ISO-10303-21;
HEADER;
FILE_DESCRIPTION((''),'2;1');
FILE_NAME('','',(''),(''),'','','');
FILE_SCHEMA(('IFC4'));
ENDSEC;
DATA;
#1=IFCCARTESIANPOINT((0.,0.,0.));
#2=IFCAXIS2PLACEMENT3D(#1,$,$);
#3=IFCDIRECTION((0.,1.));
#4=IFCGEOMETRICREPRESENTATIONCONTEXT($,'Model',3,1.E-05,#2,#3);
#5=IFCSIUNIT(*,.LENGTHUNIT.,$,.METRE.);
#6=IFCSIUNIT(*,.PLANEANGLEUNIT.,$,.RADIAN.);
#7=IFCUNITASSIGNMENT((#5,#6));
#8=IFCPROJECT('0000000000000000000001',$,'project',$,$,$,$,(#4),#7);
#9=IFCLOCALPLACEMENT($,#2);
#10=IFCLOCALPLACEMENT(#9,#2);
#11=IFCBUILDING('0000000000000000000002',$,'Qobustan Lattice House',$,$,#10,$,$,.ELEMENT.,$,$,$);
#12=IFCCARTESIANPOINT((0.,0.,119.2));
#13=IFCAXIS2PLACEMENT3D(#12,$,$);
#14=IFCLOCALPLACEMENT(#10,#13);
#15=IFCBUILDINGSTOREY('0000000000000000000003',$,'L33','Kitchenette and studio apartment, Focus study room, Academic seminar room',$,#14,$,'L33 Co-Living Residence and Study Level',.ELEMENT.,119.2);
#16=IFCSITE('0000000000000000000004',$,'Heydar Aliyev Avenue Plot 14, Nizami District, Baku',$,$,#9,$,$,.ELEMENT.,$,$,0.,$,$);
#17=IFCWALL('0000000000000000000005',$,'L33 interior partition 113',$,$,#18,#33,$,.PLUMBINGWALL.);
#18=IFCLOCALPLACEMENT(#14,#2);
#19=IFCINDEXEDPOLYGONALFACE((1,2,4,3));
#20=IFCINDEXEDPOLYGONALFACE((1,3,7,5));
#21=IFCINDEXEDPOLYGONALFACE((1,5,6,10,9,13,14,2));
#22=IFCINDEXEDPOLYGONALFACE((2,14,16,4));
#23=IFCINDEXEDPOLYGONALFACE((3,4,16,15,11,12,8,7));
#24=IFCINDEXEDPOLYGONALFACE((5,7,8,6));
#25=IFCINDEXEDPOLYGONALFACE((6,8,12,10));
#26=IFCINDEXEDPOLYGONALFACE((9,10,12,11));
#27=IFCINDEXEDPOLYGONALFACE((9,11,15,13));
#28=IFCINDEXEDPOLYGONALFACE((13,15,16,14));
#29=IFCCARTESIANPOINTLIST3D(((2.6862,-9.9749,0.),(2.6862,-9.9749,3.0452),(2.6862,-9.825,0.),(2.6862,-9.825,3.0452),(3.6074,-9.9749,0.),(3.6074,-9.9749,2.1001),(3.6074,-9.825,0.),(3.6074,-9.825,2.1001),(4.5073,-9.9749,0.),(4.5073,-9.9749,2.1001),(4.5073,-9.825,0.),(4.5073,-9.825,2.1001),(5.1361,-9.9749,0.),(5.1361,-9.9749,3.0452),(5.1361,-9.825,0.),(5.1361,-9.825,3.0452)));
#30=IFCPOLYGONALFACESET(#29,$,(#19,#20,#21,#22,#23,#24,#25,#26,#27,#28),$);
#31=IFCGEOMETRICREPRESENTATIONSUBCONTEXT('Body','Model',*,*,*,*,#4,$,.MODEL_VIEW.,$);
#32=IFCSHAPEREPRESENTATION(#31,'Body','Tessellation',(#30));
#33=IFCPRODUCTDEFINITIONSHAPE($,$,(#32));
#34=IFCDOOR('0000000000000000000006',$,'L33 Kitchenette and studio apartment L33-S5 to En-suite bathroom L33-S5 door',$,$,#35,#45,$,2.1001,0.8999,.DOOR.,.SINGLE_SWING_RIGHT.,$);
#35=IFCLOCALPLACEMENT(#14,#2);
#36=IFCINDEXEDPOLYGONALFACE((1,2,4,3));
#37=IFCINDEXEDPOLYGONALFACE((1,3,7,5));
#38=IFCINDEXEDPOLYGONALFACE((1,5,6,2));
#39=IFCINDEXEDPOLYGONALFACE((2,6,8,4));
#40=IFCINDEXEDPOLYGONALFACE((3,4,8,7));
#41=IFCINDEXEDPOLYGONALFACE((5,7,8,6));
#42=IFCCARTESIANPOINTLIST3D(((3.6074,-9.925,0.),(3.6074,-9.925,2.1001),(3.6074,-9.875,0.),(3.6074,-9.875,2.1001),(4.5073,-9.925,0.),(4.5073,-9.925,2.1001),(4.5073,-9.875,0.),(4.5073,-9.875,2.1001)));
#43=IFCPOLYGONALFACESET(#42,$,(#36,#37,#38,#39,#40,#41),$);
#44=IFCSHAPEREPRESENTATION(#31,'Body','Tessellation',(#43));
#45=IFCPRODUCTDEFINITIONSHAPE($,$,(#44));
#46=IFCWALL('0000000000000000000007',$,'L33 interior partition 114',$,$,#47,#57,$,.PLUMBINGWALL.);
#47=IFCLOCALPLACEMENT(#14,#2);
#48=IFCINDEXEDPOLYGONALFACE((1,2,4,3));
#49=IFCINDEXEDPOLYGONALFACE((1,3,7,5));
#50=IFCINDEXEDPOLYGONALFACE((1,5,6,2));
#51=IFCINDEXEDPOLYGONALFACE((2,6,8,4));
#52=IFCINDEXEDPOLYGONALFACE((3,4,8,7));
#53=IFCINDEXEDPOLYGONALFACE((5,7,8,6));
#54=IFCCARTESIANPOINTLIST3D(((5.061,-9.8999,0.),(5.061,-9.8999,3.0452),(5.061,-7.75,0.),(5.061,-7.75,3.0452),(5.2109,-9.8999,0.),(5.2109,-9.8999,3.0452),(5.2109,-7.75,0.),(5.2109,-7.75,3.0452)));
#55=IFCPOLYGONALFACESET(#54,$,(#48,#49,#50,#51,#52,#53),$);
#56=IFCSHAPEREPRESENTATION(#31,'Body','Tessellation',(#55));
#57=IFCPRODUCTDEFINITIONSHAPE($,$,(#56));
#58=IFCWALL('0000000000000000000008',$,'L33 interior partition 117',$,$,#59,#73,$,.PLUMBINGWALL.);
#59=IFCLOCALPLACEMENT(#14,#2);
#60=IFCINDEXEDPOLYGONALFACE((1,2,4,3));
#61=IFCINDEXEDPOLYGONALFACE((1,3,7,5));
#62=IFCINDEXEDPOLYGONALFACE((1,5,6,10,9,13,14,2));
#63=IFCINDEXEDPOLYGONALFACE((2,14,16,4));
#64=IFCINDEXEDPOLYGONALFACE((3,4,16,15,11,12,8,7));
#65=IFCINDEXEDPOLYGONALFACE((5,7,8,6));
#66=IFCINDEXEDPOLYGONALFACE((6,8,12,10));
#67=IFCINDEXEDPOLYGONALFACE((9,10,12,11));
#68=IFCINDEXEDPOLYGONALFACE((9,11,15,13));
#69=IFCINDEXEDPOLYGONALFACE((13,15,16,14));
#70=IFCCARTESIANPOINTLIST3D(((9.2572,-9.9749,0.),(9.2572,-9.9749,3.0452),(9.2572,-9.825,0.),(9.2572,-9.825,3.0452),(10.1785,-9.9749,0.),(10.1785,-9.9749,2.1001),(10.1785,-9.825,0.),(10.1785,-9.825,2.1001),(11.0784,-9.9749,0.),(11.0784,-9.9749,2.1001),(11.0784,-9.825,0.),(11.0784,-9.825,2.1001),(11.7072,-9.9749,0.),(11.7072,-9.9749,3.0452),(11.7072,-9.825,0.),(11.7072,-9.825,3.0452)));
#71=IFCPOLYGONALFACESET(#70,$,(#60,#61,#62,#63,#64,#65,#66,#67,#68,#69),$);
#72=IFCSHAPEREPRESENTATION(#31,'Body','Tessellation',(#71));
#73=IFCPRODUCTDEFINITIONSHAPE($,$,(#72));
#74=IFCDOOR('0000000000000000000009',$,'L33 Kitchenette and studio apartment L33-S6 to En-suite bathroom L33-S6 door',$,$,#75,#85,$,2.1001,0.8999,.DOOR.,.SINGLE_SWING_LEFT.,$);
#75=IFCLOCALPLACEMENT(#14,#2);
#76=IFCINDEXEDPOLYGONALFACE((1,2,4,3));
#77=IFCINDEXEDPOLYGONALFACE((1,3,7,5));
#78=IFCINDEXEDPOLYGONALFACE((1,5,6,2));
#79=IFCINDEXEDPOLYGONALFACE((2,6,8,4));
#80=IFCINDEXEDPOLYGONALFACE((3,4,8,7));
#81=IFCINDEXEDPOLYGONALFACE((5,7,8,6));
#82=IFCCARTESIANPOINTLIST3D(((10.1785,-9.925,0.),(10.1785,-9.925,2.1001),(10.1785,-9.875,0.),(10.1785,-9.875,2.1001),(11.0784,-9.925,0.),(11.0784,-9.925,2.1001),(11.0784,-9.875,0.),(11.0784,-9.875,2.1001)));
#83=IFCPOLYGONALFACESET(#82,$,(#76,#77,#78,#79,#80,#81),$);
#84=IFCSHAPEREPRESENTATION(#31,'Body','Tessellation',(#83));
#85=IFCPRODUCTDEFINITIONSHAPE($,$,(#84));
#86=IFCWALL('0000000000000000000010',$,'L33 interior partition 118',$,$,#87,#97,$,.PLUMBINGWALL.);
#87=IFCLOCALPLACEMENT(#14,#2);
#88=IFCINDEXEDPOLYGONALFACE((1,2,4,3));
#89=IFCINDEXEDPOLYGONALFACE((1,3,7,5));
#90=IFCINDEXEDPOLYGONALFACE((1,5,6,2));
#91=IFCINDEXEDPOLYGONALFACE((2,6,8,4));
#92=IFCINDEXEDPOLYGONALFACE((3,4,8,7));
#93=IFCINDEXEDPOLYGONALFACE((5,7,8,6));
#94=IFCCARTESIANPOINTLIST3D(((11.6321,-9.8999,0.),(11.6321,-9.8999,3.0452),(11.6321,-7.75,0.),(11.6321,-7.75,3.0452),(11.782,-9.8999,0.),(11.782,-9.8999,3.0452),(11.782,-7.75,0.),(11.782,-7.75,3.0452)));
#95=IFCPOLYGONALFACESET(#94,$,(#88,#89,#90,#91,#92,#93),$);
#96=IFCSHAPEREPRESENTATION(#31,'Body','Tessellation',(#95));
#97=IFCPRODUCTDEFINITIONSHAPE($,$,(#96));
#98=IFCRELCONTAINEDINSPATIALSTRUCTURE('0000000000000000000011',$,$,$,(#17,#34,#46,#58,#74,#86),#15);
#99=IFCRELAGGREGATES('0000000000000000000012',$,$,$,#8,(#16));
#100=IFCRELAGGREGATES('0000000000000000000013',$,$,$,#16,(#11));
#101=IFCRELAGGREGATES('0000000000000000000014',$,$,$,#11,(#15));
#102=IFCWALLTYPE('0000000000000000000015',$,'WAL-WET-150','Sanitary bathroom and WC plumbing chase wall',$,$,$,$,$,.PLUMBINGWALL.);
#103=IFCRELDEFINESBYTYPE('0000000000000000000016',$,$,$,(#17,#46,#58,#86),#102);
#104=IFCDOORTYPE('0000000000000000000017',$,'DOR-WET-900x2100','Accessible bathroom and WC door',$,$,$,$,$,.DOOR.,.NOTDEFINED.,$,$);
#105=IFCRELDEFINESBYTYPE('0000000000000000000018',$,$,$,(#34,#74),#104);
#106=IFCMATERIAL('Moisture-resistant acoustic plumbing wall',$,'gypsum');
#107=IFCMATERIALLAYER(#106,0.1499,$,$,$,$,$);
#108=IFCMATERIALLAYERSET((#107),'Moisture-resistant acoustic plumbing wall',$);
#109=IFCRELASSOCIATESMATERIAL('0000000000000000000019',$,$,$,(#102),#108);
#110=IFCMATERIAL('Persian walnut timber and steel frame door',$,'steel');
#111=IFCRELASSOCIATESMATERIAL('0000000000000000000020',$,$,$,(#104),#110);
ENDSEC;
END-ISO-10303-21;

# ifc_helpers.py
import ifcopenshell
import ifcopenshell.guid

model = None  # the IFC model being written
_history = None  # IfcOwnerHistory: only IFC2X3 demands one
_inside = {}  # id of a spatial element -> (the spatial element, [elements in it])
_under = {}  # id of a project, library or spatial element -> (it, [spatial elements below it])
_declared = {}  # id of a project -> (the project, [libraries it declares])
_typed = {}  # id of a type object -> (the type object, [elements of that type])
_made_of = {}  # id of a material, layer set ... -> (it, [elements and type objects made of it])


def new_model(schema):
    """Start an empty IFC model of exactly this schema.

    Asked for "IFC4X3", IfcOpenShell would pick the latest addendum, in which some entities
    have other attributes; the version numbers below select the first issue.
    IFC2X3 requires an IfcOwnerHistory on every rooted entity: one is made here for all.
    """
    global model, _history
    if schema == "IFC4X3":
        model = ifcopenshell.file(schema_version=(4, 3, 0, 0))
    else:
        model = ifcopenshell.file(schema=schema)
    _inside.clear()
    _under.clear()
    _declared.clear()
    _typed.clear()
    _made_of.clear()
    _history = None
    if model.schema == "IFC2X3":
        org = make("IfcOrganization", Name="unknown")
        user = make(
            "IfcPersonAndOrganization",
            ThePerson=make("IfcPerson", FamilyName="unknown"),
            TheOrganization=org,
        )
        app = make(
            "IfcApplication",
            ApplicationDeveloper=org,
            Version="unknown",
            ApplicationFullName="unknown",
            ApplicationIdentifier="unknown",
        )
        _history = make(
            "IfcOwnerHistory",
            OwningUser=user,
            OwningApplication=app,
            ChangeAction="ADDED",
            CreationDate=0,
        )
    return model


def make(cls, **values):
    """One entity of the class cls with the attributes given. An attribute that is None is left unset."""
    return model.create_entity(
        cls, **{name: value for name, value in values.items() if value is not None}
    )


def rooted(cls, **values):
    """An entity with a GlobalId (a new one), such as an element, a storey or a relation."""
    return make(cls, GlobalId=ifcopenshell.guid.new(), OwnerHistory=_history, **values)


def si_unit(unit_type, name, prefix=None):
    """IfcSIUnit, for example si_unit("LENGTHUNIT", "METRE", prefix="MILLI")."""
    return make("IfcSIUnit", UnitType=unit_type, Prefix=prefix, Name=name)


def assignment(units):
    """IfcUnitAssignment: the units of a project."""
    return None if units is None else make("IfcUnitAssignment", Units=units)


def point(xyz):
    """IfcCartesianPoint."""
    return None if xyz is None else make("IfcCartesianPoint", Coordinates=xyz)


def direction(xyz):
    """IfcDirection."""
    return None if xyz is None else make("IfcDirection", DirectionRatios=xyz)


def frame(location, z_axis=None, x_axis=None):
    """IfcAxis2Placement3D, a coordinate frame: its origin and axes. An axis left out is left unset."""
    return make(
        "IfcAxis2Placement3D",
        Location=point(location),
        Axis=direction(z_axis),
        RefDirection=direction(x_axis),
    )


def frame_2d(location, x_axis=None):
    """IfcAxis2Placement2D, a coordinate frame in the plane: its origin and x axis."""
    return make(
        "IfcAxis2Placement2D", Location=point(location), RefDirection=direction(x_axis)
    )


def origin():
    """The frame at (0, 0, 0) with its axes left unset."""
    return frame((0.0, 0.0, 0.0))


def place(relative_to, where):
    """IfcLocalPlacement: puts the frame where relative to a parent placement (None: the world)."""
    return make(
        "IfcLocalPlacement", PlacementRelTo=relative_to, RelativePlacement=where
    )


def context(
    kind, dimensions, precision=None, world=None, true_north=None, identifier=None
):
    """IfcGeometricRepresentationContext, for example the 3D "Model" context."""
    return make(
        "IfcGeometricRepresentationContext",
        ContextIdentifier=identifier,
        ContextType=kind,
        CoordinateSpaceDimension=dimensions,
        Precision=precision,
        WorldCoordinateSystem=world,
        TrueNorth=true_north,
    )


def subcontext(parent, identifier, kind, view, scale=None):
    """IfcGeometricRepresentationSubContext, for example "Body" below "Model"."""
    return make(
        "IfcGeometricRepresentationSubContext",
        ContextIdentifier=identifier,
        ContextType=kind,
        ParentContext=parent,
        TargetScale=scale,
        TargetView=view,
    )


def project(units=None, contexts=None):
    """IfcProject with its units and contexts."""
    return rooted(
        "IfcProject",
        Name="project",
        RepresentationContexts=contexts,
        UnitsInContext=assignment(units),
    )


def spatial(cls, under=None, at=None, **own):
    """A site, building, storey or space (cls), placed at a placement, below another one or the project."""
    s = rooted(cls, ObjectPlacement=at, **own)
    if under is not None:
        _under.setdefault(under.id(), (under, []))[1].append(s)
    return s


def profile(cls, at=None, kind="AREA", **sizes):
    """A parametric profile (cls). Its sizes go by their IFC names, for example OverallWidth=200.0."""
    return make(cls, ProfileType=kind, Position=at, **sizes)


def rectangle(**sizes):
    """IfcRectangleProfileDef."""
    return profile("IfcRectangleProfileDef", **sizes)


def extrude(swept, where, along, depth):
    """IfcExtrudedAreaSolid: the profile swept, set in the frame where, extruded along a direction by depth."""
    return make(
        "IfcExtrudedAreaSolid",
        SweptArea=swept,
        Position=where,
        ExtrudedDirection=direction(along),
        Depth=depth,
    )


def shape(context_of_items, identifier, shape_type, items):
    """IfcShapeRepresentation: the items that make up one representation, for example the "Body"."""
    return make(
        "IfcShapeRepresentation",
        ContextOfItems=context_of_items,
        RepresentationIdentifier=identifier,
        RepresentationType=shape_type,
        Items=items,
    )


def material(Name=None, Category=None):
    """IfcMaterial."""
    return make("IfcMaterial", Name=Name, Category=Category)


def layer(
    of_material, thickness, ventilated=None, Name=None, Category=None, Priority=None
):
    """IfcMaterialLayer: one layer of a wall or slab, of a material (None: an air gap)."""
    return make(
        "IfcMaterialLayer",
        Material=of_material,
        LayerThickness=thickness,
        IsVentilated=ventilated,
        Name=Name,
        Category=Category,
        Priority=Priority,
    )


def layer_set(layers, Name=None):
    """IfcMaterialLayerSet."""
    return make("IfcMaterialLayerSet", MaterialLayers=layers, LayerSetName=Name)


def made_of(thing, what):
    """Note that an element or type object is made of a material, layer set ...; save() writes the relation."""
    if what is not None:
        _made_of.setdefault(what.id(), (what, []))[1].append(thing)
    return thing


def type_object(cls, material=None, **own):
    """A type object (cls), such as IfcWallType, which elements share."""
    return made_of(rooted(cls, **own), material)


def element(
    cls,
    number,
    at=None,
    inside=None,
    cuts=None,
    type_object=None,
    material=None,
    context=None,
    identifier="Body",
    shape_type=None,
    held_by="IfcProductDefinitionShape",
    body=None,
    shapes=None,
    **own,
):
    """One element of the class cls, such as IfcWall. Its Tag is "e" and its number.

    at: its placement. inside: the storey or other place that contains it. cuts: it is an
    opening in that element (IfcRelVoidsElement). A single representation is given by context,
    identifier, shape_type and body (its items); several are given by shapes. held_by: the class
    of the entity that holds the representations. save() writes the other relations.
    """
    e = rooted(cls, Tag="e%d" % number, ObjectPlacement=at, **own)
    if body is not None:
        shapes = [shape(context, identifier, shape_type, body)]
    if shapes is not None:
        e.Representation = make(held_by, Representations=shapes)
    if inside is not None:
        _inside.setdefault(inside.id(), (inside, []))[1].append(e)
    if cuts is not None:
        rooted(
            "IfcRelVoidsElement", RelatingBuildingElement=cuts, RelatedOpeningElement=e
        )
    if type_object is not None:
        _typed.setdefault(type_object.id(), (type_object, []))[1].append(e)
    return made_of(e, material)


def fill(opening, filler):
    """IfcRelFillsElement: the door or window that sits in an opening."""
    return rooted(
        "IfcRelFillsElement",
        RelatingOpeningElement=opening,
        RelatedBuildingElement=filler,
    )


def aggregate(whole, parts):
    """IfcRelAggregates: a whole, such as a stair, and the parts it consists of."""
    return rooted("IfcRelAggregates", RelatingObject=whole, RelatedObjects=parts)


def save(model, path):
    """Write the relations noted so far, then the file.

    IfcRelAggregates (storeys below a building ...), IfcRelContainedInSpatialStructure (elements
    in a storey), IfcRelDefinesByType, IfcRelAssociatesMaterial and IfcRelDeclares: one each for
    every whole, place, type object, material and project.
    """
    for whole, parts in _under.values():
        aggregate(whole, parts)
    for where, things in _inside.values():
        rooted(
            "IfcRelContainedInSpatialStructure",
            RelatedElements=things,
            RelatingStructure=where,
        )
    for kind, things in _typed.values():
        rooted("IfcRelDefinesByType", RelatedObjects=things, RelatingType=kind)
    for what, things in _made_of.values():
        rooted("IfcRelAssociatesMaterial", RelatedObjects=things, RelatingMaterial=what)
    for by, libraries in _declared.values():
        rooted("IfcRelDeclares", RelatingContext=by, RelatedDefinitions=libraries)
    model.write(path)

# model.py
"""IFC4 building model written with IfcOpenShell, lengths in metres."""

from ifc_helpers import new_model, si_unit, direction, frame, frame_2d, origin, place, context, subcontext, project, spatial, rectangle, extrude, material, layer, layer_set, type_object, element, fill, save


model = new_model("IFC4")

# Units and contexts
model_context = context("Model", 3, precision=1e-05, world=origin(), true_north=direction((0.0, 1.0)))
body_context = subcontext(model_context, "Body", "Model", "MODEL_VIEW")
ifc_project = project(units=[si_unit("LENGTHUNIT", "METRE"), si_unit("PLANEANGLEUNIT", "RADIAN")], contexts=[model_context])

# Site, building, storey
site_placement = place(None, origin())
site = spatial("IfcSite", under=ifc_project, at=site_placement, Name="Heydar Aliyev Avenue Plot 14, Nizami District, Baku", CompositionType="ELEMENT", RefElevation=0.0)
building_placement = place(site_placement, origin())
building = spatial("IfcBuilding", under=site, at=building_placement, Name="Qobustan Lattice House", CompositionType="ELEMENT")
storey_placement = place(building_placement, frame((0.0, 0.0, 119.2)))
storey = spatial("IfcBuildingStorey", under=building, at=storey_placement, Name="L33", Description="Kitchenette and studio apartment, Focus study room, Academic seminar room", LongName="L33 Co-Living Residence and Study Level", CompositionType="ELEMENT", Elevation=119.2)

# Shared definitions
ifc_material_1 = material(Name="Moisture-resistant acoustic plumbing wall", Category="gypsum")
ifc_layer_1 = layer(ifc_material_1, 0.1499)
ifc_layer_set_1 = layer_set([ifc_layer_1], Name="Moisture-resistant acoustic plumbing wall")
wall_type_1 = type_object("IfcWallType", Name="WAL-WET-150", Description="Sanitary bathroom and WC plumbing chase wall", PredefinedType="PLUMBINGWALL", material=ifc_layer_set_1)

# Wall, opening, door
wall_1_placement = place(storey_placement, frame((2.686, -9.8999, 0.0), z_axis=(0.0, 0.0, 1.0), x_axis=(1.0, 0.0, 0.0)))
wall_1 = element("IfcWall", 1, at=wall_1_placement, inside=storey, type_object=wall_type_1, Name="L33 interior partition 113", PredefinedType="PLUMBINGWALL", context=body_context, shape_type="SweptSolid", body=[
    extrude(rectangle(XDim=2.45, YDim=0.1499, at=frame_2d((1.2251, 0.0))), origin(), (0.0, 0.0, 1.0), 3.0452),
])
opening_1_placement = place(wall_1_placement, frame((0.9214, 0.0, 0.0)))
opening_1 = element("IfcOpeningElement", 2, at=opening_1_placement, cuts=wall_1, PredefinedType="OPENING", context=body_context, shape_type="SweptSolid", body=[
    extrude(rectangle(XDim=0.8999, YDim=2.1001, at=frame_2d((0.45, 1.05))), frame((0.0, 0.085, 0.0), z_axis=(0.0, -1.0, 0.0), x_axis=(1.0, 0.0, 0.0)), (0.0, 0.0, 1.0), 0.1699),
])
ifc_material_2 = material(Name="Persian walnut timber and steel frame door", Category="steel")
door_type_1 = type_object("IfcDoorType", Name="DOR-WET-900x2100", Description="Accessible bathroom and WC door", OperationType="NOTDEFINED", PredefinedType="DOOR", material=ifc_material_2)
door_1_placement = place(opening_1_placement, origin())
door_1 = element("IfcDoor", 3, at=door_1_placement, inside=storey, type_object=door_type_1, Name="L33 Kitchenette and studio apartment L33-S5 to En-suite bathroom L33-S5 door", OperationType="SINGLE_SWING_RIGHT", OverallHeight=2.1001, OverallWidth=0.8999, PredefinedType="DOOR", context=body_context, shape_type="SweptSolid", body=[
    extrude(rectangle(XDim=0.8999, YDim=2.1001, at=frame_2d((0.45, 1.05))), frame((0.0, 0.0249, 0.0), z_axis=(0.0, -1.0, 0.0), x_axis=(1.0, 0.0, 0.0)), (0.0, 0.0, 1.0), 0.05),
])
fill(opening_1, door_1)

# Wall
wall_2_placement = place(storey_placement, frame((5.136, -9.8999, 0.0), z_axis=(0.0, 0.0, 1.0), x_axis=(0.0, 1.0, 0.0)))
element("IfcWall", 4, at=wall_2_placement, inside=storey, type_object=wall_type_1, Name="L33 interior partition 114", PredefinedType="PLUMBINGWALL", context=body_context, shape_type="SweptSolid", body=[
    extrude(rectangle(XDim=2.1499, YDim=0.1499, at=frame_2d((1.075, 0.0))), origin(), (0.0, 0.0, 1.0), 3.0452),
])

# Wall, opening, door
wall_3_placement = place(storey_placement, frame((9.2571, -9.8999, 0.0), z_axis=(0.0, 0.0, 1.0), x_axis=(1.0, 0.0, 0.0)))
wall_3 = element("IfcWall", 5, at=wall_3_placement, inside=storey, type_object=wall_type_1, Name="L33 interior partition 117", PredefinedType="PLUMBINGWALL", context=body_context, shape_type="SweptSolid", body=[
    extrude(rectangle(XDim=2.45, YDim=0.1499, at=frame_2d((1.2251, 0.0))), origin(), (0.0, 0.0, 1.0), 3.0452),
])
opening_2_placement = place(wall_3_placement, frame((0.9214, 0.0, 0.0)))
opening_2 = element("IfcOpeningElement", 6, at=opening_2_placement, cuts=wall_3, PredefinedType="OPENING", context=body_context, shape_type="SweptSolid", body=[
    extrude(rectangle(XDim=0.8999, YDim=2.1001, at=frame_2d((0.45, 1.05))), frame((0.0, 0.085, 0.0), z_axis=(0.0, -1.0, 0.0), x_axis=(1.0, 0.0, 0.0)), (0.0, 0.0, 1.0), 0.1699),
])
door_2_placement = place(opening_2_placement, origin())
door_2 = element("IfcDoor", 7, at=door_2_placement, inside=storey, type_object=door_type_1, Name="L33 Kitchenette and studio apartment L33-S6 to En-suite bathroom L33-S6 door", OperationType="SINGLE_SWING_LEFT", OverallHeight=2.1001, OverallWidth=0.8999, PredefinedType="DOOR", context=body_context, shape_type="SweptSolid", body=[
    extrude(rectangle(XDim=0.8999, YDim=2.1001, at=frame_2d((0.45, 1.05))), frame((0.0, 0.0249, 0.0), z_axis=(0.0, -1.0, 0.0), x_axis=(1.0, 0.0, 0.0)), (0.0, 0.0, 1.0), 0.05),
])
fill(opening_2, door_2)

# Wall
wall_4_placement = place(storey_placement, frame((11.707, -9.8999, 0.0), z_axis=(0.0, 0.0, 1.0), x_axis=(0.0, 1.0, 0.0)))
element("IfcWall", 8, at=wall_4_placement, inside=storey, type_object=wall_type_1, Name="L33 interior partition 118", PredefinedType="PLUMBINGWALL", context=body_context, shape_type="SweptSolid", body=[
    extrude(rectangle(XDim=2.1499, YDim=0.1499, at=frame_2d((1.075, 0.0))), origin(), (0.0, 0.0, 1.0), 3.0452),
])

save(model, "model.ifc")
